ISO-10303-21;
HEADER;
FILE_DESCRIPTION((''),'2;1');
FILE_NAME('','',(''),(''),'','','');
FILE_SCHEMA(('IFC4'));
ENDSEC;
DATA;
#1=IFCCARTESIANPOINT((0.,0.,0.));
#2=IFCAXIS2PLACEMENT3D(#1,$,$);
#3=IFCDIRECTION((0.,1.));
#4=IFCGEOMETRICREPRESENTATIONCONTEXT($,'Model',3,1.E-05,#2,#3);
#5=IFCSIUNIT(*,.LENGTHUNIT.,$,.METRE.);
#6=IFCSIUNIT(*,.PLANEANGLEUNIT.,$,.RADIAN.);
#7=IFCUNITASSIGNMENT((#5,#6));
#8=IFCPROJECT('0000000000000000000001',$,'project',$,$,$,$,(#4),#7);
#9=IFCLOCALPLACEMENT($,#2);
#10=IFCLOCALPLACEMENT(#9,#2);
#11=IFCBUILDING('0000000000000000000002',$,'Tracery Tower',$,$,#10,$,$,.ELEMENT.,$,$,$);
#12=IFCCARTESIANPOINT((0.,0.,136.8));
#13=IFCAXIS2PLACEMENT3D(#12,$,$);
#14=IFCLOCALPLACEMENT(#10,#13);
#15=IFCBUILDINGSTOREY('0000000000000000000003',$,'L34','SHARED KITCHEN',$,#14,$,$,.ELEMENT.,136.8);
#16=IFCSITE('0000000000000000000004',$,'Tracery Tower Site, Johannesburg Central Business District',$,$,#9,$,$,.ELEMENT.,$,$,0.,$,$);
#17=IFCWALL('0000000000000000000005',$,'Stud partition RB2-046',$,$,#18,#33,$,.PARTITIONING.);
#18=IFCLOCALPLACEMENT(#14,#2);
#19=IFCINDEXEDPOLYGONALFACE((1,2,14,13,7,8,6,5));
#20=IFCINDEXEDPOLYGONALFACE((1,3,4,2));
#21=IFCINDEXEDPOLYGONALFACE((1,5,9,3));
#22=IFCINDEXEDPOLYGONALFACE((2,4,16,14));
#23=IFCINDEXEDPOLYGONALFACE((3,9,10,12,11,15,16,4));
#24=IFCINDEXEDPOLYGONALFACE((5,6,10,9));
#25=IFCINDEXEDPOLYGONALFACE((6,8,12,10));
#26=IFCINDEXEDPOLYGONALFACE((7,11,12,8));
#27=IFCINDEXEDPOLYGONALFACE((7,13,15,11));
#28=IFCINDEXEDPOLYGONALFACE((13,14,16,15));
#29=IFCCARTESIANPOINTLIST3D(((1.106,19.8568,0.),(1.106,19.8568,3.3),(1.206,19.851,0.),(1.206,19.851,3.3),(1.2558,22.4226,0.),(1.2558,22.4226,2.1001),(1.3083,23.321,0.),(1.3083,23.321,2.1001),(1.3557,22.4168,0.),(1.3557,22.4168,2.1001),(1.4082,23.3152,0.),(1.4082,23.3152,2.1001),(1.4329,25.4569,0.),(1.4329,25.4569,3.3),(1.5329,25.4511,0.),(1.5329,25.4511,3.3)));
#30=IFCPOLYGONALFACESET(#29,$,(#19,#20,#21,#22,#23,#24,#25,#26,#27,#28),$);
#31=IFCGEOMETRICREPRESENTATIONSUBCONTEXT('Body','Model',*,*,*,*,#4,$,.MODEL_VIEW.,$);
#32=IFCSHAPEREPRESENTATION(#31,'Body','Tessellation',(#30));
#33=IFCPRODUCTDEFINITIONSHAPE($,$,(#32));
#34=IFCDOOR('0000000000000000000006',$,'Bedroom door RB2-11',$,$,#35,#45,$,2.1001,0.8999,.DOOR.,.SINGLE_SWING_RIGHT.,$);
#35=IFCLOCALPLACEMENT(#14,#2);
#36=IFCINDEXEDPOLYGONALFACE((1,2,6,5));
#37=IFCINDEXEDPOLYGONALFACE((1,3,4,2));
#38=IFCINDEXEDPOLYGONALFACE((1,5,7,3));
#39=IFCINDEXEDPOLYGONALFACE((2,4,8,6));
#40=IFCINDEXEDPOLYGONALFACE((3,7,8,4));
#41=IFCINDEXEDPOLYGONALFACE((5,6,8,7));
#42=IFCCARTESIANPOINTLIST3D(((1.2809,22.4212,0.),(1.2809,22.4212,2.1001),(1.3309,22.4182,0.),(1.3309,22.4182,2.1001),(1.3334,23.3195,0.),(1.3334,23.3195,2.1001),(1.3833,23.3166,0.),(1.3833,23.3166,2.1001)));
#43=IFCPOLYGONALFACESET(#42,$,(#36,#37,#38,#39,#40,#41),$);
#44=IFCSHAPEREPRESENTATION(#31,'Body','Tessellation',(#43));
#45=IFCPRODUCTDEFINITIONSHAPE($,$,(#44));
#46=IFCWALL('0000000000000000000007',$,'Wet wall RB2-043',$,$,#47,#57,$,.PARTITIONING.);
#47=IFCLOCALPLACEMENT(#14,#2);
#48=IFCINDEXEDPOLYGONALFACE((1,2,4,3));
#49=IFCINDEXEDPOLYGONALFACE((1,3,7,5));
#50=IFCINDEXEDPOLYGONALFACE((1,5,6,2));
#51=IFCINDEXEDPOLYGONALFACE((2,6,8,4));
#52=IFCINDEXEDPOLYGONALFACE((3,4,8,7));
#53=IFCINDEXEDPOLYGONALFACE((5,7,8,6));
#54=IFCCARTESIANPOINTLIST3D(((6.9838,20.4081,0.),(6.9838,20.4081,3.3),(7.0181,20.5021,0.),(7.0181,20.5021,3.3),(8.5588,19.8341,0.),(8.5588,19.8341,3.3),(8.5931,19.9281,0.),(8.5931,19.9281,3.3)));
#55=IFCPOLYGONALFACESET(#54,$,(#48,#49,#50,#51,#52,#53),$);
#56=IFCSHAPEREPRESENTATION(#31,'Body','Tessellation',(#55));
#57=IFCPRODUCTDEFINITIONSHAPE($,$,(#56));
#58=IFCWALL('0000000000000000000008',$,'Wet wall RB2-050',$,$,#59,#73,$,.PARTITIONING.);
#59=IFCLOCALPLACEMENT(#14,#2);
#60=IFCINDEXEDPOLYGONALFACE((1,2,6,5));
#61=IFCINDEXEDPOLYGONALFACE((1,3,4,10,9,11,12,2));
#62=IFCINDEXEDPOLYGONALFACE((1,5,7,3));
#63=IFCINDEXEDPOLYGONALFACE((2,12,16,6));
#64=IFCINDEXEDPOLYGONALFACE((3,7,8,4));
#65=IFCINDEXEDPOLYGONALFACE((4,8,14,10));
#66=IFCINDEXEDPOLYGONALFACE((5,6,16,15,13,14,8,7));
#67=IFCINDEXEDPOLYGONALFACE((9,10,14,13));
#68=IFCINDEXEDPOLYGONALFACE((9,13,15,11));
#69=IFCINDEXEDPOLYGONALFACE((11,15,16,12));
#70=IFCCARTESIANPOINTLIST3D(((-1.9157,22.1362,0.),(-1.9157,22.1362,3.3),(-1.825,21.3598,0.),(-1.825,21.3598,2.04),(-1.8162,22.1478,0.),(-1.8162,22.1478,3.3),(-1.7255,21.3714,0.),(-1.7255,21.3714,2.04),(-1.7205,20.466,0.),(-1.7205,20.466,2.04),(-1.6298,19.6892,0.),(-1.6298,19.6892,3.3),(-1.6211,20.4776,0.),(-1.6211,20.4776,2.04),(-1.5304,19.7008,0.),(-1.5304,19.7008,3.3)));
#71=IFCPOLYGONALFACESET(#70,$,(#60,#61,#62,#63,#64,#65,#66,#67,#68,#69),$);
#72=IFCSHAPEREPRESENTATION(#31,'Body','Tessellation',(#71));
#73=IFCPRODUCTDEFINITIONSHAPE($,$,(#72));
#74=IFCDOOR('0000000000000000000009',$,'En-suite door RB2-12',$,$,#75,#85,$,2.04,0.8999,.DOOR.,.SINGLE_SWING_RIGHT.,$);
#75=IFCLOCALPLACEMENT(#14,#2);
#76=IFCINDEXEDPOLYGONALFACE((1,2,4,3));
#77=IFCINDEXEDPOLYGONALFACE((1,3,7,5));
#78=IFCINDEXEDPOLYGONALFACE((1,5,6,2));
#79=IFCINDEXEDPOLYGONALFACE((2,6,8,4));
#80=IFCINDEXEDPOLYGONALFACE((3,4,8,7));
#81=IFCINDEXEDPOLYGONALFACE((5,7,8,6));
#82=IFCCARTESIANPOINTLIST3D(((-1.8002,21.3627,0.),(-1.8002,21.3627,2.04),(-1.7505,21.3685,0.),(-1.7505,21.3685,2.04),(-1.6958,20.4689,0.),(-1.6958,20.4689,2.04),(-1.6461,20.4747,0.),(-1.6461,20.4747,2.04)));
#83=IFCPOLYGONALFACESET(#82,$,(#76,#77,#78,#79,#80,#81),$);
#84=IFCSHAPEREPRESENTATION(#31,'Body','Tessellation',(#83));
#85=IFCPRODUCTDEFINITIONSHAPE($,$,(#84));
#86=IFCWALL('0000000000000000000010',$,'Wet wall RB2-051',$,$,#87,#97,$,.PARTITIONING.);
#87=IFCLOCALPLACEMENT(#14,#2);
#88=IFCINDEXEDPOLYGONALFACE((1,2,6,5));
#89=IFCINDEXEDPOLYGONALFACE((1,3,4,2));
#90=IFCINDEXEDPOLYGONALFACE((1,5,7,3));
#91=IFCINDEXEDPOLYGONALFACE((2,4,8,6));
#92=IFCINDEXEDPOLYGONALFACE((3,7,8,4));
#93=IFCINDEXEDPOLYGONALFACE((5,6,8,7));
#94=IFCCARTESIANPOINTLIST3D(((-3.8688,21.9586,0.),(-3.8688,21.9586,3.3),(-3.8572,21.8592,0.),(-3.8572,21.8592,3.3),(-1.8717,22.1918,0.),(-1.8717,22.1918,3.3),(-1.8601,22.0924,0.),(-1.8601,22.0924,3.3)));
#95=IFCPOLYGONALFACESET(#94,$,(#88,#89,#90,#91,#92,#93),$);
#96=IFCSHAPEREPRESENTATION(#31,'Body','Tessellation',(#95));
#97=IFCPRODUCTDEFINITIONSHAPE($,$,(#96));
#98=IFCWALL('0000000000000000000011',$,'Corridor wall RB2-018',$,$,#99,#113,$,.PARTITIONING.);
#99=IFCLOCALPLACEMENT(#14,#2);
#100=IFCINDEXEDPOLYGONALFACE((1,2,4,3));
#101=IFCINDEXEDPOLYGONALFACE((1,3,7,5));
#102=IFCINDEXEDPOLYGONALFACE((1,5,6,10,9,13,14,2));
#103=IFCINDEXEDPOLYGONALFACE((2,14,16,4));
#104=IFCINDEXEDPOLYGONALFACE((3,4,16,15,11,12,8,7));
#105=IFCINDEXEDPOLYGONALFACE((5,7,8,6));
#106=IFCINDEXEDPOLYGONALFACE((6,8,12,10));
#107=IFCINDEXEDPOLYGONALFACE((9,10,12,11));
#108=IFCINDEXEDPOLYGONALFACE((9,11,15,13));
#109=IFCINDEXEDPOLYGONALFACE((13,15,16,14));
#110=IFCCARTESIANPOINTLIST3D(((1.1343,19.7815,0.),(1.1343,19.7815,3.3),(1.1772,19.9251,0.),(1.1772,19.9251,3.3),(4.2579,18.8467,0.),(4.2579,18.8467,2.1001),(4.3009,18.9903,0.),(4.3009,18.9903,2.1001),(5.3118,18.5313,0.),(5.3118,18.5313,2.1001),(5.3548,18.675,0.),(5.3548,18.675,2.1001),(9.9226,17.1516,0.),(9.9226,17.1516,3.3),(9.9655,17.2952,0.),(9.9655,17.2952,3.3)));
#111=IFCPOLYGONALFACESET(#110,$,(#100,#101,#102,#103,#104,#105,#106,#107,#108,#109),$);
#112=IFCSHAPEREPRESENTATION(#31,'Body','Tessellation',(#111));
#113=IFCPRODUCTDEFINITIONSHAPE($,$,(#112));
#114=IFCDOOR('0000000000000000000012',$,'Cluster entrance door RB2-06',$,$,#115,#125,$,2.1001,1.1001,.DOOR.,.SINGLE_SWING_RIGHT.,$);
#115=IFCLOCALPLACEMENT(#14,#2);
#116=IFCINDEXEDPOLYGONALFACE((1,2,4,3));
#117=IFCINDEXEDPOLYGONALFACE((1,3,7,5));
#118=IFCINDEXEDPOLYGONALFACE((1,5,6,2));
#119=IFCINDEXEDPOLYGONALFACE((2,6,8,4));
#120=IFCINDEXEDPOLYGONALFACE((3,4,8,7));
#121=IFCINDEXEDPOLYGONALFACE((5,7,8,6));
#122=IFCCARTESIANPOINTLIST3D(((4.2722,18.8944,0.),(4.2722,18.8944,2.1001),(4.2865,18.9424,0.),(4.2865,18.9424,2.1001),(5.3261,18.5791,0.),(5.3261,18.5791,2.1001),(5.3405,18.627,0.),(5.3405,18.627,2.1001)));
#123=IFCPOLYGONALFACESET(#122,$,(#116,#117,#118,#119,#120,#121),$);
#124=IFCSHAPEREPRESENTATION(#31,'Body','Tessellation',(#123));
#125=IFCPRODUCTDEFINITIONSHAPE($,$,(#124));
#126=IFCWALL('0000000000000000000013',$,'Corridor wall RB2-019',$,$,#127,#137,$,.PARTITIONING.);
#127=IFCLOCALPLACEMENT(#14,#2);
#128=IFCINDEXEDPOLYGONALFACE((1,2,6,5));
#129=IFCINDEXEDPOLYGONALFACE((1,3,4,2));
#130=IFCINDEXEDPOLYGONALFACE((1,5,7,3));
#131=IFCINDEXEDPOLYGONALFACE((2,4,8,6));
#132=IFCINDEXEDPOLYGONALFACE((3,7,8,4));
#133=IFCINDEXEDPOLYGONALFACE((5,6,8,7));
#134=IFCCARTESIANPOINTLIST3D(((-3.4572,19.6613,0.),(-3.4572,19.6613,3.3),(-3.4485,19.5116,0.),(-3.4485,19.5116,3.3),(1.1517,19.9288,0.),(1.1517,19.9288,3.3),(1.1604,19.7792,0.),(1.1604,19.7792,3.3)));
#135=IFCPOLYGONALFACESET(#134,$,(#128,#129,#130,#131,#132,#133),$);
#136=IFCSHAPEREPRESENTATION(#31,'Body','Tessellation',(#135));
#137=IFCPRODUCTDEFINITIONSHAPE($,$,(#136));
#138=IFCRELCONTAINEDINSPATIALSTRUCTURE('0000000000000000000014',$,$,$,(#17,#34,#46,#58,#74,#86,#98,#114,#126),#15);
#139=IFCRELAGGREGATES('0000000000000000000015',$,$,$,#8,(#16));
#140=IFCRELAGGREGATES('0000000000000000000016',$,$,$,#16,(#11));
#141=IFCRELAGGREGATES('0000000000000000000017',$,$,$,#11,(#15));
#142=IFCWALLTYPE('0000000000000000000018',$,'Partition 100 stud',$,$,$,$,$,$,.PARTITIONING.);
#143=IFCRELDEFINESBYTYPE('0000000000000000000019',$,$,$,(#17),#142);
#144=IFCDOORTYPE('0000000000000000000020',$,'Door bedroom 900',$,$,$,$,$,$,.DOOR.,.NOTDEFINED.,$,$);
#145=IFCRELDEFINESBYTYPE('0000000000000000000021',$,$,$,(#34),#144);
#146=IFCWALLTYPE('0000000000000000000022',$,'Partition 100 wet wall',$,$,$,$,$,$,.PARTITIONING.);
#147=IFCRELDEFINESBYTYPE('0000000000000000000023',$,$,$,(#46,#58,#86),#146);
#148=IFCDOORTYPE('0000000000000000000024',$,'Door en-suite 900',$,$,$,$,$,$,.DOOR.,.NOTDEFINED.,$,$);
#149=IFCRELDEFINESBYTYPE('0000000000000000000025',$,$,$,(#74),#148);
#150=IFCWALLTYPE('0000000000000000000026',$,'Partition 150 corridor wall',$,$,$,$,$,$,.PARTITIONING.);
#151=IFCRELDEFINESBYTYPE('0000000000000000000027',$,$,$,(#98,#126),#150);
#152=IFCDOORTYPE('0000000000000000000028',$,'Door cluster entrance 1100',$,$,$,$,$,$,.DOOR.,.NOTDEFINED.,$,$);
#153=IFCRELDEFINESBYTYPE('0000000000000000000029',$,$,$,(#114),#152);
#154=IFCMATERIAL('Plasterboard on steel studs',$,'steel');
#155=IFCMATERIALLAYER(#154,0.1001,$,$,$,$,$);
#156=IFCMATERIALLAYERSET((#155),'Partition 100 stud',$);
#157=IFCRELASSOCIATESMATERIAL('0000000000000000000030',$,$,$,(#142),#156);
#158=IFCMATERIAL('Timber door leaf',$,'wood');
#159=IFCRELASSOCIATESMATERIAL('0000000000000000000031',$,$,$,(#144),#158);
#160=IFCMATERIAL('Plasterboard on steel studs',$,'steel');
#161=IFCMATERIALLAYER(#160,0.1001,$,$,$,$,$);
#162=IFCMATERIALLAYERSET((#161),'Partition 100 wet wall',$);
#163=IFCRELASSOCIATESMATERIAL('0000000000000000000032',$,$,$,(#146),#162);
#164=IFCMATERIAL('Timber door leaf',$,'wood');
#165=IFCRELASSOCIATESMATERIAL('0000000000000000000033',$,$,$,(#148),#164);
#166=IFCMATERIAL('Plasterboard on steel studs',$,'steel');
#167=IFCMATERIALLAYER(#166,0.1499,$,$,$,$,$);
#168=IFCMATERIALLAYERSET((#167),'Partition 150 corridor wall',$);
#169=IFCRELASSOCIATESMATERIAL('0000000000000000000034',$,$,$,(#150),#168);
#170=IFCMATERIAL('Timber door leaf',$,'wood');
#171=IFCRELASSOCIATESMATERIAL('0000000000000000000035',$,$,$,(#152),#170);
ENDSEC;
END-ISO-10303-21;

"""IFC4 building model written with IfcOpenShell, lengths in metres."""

from ifc_helpers import new_model, si_unit, direction, frame, frame_2d, origin, place, context, subcontext, project, spatial, rectangle, extrude, material, layer, layer_set, type_object, element, fill, save


model = new_model("IFC4")

# Units and contexts
model_context = context("Model", 3, precision=1e-05, world=origin(), true_north=direction((0.0, 1.0)))
body_context = subcontext(model_context, "Body", "Model", "MODEL_VIEW")
ifc_project = project(units=[si_unit("LENGTHUNIT", "METRE"), si_unit("PLANEANGLEUNIT", "RADIAN")], contexts=[model_context])

# Site, building, storey
site_placement = place(None, origin())
site = spatial("IfcSite", under=ifc_project, at=site_placement, Name="Tracery Tower Site, Johannesburg Central Business District", CompositionType="ELEMENT", RefElevation=0.0)
building_placement = place(site_placement, origin())
building = spatial("IfcBuilding", under=site, at=building_placement, Name="Tracery Tower", CompositionType="ELEMENT")
storey_placement = place(building_placement, frame((0.0, 0.0, 136.8)))
storey = spatial("IfcBuildingStorey", under=building, at=storey_placement, Name="L34", Description="SHARED KITCHEN", CompositionType="ELEMENT", Elevation=136.8)

# Wall, opening, door
ifc_material_1 = material(Name="Plasterboard on steel studs", Category="steel")
ifc_layer_1 = layer(ifc_material_1, 0.1001)
ifc_layer_set_1 = layer_set([ifc_layer_1], Name="Partition 100 stud")
wall_type_1 = type_object("IfcWallType", Name="Partition 100 stud", PredefinedType="PARTITIONING", material=ifc_layer_set_1)
wall_1_placement = place(storey_placement, frame((1.156, 19.854, 0.0), z_axis=(0.0, 0.0, 1.0), x_axis=(0.058276, 0.998301, 0.0)))
wall_1 = element("IfcWall", 1, at=wall_1_placement, inside=storey, type_object=wall_type_1, Name="Stud partition RB2-046", PredefinedType="PARTITIONING", context=body_context, shape_type="SweptSolid", body=[
    extrude(rectangle(XDim=5.6096, YDim=0.1001, at=frame_2d((2.8047, 0.0))), origin(), (0.0, 0.0, 1.0), 3.3),
])
opening_1_placement = place(wall_1_placement, frame((2.5701, 0.0, 0.0)))
opening_1 = element("IfcOpeningElement", 2, at=opening_1_placement, cuts=wall_1, PredefinedType="OPENING", context=body_context, shape_type="SweptSolid", body=[
    extrude(rectangle(XDim=0.8999, YDim=2.1001, at=frame_2d((0.45, 1.05))), frame((0.0, 0.05, 0.0), z_axis=(0.0, -1.0, 0.0), x_axis=(1.0, 0.0, 0.0)), (0.0, 0.0, 1.0), 0.1001),
])
ifc_material_2 = material(Name="Timber door leaf", Category="wood")
door_type_1 = type_object("IfcDoorType", Name="Door bedroom 900", OperationType="NOTDEFINED", PredefinedType="DOOR", material=ifc_material_2)
door_1_placement = place(opening_1_placement, origin())
door_1 = element("IfcDoor", 3, at=door_1_placement, inside=storey, type_object=door_type_1, Name="Bedroom door RB2-11", OperationType="SINGLE_SWING_RIGHT", OverallHeight=2.1001, OverallWidth=0.8999, PredefinedType="DOOR", context=body_context, shape_type="SweptSolid", body=[
    extrude(rectangle(XDim=0.8999, YDim=2.1001, at=frame_2d((0.45, 1.05))), frame((0.0, 0.0249, 0.0), z_axis=(0.0, -1.0, 0.0), x_axis=(1.0, 0.0, 0.0)), (0.0, 0.0, 1.0), 0.05),
])
fill(opening_1, door_1)

# Wall
ifc_material_3 = material(Name="Plasterboard on steel studs", Category="steel")
ifc_layer_2 = layer(ifc_material_3, 0.1001)
ifc_layer_set_2 = layer_set([ifc_layer_2], Name="Partition 100 wet wall")
wall_type_2 = type_object("IfcWallType", Name="Partition 100 wet wall", PredefinedType="PARTITIONING", material=ifc_layer_set_2)
wall_2_placement = place(storey_placement, frame((7.001, 20.4551, 0.0), z_axis=(0.0, 0.0, 1.0), x_axis=(0.939551, -0.34241, 0.0)))
element("IfcWall", 4, at=wall_2_placement, inside=storey, type_object=wall_type_2, Name="Wet wall RB2-043", PredefinedType="PARTITIONING", context=body_context, shape_type="SweptSolid", body=[
    extrude(rectangle(XDim=1.6763, YDim=0.1001, at=frame_2d((0.8381, 0.0))), origin(), (0.0, 0.0, 1.0), 3.3),
])

# Wall, opening, door
wall_3_placement = place(storey_placement, frame((-1.866, 22.1421, 0.0), z_axis=(0.0, 0.0, 1.0), x_axis=(0.116042, -0.993244, 0.0)))
wall_3 = element("IfcWall", 5, at=wall_3_placement, inside=storey, type_object=wall_type_2, Name="Wet wall RB2-050", PredefinedType="PARTITIONING", context=body_context, shape_type="SweptSolid", body=[
    extrude(rectangle(XDim=2.4636, YDim=0.1001, at=frame_2d((1.2319, 0.0))), origin(), (0.0, 0.0, 1.0), 3.3),
])
opening_2_placement = place(wall_3_placement, frame((0.7817, 0.0, 0.0)))
opening_2 = element("IfcOpeningElement", 6, at=opening_2_placement, cuts=wall_3, PredefinedType="OPENING", context=body_context, shape_type="SweptSolid", body=[
    extrude(rectangle(XDim=0.8999, YDim=2.04, at=frame_2d((0.45, 1.02))), frame((0.0, 0.05, 0.0), z_axis=(0.0, -1.0, 0.0), x_axis=(1.0, 0.0, 0.0)), (0.0, 0.0, 1.0), 0.1001),
])
ifc_material_4 = material(Name="Timber door leaf", Category="wood")
door_type_2 = type_object("IfcDoorType", Name="Door en-suite 900", OperationType="NOTDEFINED", PredefinedType="DOOR", material=ifc_material_4)
door_2_placement = place(opening_2_placement, origin())
door_2 = element("IfcDoor", 7, at=door_2_placement, inside=storey, type_object=door_type_2, Name="En-suite door RB2-12", OperationType="SINGLE_SWING_RIGHT", OverallHeight=2.04, OverallWidth=0.8999, PredefinedType="DOOR", context=body_context, shape_type="SweptSolid", body=[
    extrude(rectangle(XDim=0.8999, YDim=2.04, at=frame_2d((0.45, 1.02))), frame((0.0, 0.0249, 0.0), z_axis=(0.0, -1.0, 0.0), x_axis=(1.0, 0.0, 0.0)), (0.0, 0.0, 1.0), 0.05),
])
fill(opening_2, door_2)

# Wall
wall_4_placement = place(storey_placement, frame((-3.863, 21.9089, 0.0), z_axis=(0.0, 0.0, 1.0), x_axis=(0.993254, 0.115961, 0.0)))
element("IfcWall", 8, at=wall_4_placement, inside=storey, type_object=wall_type_2, Name="Wet wall RB2-051", PredefinedType="PARTITIONING", context=body_context, shape_type="SweptSolid", body=[
    extrude(rectangle(XDim=2.0107, YDim=0.1001, at=frame_2d((1.0054, 0.0))), origin(), (0.0, 0.0, 1.0), 3.3),
])

# Wall, opening, door
ifc_material_5 = material(Name="Plasterboard on steel studs", Category="steel")
ifc_layer_3 = layer(ifc_material_5, 0.1499)
ifc_layer_set_3 = layer_set([ifc_layer_3], Name="Partition 150 corridor wall")
wall_type_3 = type_object("IfcWallType", Name="Partition 150 corridor wall", PredefinedType="PARTITIONING", material=ifc_layer_set_3)
wall_5_placement = place(storey_placement, frame((1.1558, 19.8533, 0.0), z_axis=(0.0, 0.0, 1.0), x_axis=(0.958025, -0.286686, 0.0)))
wall_5 = element("IfcWall", 9, at=wall_5_placement, inside=storey, type_object=wall_type_3, Name="Corridor wall RB2-018", PredefinedType="PARTITIONING", context=body_context, shape_type="SweptSolid", body=[
    extrude(rectangle(XDim=9.1733, YDim=0.1499, at=frame_2d((4.5867, 0.0))), origin(), (0.0, 0.0, 1.0), 3.3),
])
opening_3_placement = place(wall_5_placement, frame((3.2605, 0.0, 0.0)))
opening_3 = element("IfcOpeningElement", 10, at=opening_3_placement, cuts=wall_5, PredefinedType="OPENING", context=body_context, shape_type="SweptSolid", body=[
    extrude(rectangle(XDim=1.1001, YDim=2.1001, at=frame_2d((0.55, 1.05))), frame((0.0, 0.075, 0.0), z_axis=(0.0, -1.0, 0.0), x_axis=(1.0, 0.0, 0.0)), (0.0, 0.0, 1.0), 0.1499),
])
ifc_material_6 = material(Name="Timber door leaf", Category="wood")
door_type_3 = type_object("IfcDoorType", Name="Door cluster entrance 1100", OperationType="NOTDEFINED", PredefinedType="DOOR", material=ifc_material_6)
door_3_placement = place(opening_3_placement, origin())
door_3 = element("IfcDoor", 11, at=door_3_placement, inside=storey, type_object=door_type_3, Name="Cluster entrance door RB2-06", OperationType="SINGLE_SWING_RIGHT", OverallHeight=2.1001, OverallWidth=1.1001, PredefinedType="DOOR", context=body_context, shape_type="SweptSolid", body=[
    extrude(rectangle(XDim=1.1001, YDim=2.1001, at=frame_2d((0.55, 1.05))), frame((0.0, 0.0249, 0.0), z_axis=(0.0, -1.0, 0.0), x_axis=(1.0, 0.0, 0.0)), (0.0, 0.0, 1.0), 0.05),
])
fill(opening_3, door_3)

# Wall
wall_6_placement = place(storey_placement, frame((-3.4529, 19.5864, 0.0), z_axis=(0.0, 0.0, 1.0), x_axis=(0.998319, 0.057959, 0.0)))
element("IfcWall", 12, at=wall_6_placement, inside=storey, type_object=wall_type_3, Name="Corridor wall RB2-019", PredefinedType="PARTITIONING", context=body_context, shape_type="SweptSolid", body=[
    extrude(rectangle(XDim=4.6167, YDim=0.1499, at=frame_2d((2.3083, 0.0))), origin(), (0.0, 0.0, 1.0), 3.3),
])

save(model, "model.ifc")
